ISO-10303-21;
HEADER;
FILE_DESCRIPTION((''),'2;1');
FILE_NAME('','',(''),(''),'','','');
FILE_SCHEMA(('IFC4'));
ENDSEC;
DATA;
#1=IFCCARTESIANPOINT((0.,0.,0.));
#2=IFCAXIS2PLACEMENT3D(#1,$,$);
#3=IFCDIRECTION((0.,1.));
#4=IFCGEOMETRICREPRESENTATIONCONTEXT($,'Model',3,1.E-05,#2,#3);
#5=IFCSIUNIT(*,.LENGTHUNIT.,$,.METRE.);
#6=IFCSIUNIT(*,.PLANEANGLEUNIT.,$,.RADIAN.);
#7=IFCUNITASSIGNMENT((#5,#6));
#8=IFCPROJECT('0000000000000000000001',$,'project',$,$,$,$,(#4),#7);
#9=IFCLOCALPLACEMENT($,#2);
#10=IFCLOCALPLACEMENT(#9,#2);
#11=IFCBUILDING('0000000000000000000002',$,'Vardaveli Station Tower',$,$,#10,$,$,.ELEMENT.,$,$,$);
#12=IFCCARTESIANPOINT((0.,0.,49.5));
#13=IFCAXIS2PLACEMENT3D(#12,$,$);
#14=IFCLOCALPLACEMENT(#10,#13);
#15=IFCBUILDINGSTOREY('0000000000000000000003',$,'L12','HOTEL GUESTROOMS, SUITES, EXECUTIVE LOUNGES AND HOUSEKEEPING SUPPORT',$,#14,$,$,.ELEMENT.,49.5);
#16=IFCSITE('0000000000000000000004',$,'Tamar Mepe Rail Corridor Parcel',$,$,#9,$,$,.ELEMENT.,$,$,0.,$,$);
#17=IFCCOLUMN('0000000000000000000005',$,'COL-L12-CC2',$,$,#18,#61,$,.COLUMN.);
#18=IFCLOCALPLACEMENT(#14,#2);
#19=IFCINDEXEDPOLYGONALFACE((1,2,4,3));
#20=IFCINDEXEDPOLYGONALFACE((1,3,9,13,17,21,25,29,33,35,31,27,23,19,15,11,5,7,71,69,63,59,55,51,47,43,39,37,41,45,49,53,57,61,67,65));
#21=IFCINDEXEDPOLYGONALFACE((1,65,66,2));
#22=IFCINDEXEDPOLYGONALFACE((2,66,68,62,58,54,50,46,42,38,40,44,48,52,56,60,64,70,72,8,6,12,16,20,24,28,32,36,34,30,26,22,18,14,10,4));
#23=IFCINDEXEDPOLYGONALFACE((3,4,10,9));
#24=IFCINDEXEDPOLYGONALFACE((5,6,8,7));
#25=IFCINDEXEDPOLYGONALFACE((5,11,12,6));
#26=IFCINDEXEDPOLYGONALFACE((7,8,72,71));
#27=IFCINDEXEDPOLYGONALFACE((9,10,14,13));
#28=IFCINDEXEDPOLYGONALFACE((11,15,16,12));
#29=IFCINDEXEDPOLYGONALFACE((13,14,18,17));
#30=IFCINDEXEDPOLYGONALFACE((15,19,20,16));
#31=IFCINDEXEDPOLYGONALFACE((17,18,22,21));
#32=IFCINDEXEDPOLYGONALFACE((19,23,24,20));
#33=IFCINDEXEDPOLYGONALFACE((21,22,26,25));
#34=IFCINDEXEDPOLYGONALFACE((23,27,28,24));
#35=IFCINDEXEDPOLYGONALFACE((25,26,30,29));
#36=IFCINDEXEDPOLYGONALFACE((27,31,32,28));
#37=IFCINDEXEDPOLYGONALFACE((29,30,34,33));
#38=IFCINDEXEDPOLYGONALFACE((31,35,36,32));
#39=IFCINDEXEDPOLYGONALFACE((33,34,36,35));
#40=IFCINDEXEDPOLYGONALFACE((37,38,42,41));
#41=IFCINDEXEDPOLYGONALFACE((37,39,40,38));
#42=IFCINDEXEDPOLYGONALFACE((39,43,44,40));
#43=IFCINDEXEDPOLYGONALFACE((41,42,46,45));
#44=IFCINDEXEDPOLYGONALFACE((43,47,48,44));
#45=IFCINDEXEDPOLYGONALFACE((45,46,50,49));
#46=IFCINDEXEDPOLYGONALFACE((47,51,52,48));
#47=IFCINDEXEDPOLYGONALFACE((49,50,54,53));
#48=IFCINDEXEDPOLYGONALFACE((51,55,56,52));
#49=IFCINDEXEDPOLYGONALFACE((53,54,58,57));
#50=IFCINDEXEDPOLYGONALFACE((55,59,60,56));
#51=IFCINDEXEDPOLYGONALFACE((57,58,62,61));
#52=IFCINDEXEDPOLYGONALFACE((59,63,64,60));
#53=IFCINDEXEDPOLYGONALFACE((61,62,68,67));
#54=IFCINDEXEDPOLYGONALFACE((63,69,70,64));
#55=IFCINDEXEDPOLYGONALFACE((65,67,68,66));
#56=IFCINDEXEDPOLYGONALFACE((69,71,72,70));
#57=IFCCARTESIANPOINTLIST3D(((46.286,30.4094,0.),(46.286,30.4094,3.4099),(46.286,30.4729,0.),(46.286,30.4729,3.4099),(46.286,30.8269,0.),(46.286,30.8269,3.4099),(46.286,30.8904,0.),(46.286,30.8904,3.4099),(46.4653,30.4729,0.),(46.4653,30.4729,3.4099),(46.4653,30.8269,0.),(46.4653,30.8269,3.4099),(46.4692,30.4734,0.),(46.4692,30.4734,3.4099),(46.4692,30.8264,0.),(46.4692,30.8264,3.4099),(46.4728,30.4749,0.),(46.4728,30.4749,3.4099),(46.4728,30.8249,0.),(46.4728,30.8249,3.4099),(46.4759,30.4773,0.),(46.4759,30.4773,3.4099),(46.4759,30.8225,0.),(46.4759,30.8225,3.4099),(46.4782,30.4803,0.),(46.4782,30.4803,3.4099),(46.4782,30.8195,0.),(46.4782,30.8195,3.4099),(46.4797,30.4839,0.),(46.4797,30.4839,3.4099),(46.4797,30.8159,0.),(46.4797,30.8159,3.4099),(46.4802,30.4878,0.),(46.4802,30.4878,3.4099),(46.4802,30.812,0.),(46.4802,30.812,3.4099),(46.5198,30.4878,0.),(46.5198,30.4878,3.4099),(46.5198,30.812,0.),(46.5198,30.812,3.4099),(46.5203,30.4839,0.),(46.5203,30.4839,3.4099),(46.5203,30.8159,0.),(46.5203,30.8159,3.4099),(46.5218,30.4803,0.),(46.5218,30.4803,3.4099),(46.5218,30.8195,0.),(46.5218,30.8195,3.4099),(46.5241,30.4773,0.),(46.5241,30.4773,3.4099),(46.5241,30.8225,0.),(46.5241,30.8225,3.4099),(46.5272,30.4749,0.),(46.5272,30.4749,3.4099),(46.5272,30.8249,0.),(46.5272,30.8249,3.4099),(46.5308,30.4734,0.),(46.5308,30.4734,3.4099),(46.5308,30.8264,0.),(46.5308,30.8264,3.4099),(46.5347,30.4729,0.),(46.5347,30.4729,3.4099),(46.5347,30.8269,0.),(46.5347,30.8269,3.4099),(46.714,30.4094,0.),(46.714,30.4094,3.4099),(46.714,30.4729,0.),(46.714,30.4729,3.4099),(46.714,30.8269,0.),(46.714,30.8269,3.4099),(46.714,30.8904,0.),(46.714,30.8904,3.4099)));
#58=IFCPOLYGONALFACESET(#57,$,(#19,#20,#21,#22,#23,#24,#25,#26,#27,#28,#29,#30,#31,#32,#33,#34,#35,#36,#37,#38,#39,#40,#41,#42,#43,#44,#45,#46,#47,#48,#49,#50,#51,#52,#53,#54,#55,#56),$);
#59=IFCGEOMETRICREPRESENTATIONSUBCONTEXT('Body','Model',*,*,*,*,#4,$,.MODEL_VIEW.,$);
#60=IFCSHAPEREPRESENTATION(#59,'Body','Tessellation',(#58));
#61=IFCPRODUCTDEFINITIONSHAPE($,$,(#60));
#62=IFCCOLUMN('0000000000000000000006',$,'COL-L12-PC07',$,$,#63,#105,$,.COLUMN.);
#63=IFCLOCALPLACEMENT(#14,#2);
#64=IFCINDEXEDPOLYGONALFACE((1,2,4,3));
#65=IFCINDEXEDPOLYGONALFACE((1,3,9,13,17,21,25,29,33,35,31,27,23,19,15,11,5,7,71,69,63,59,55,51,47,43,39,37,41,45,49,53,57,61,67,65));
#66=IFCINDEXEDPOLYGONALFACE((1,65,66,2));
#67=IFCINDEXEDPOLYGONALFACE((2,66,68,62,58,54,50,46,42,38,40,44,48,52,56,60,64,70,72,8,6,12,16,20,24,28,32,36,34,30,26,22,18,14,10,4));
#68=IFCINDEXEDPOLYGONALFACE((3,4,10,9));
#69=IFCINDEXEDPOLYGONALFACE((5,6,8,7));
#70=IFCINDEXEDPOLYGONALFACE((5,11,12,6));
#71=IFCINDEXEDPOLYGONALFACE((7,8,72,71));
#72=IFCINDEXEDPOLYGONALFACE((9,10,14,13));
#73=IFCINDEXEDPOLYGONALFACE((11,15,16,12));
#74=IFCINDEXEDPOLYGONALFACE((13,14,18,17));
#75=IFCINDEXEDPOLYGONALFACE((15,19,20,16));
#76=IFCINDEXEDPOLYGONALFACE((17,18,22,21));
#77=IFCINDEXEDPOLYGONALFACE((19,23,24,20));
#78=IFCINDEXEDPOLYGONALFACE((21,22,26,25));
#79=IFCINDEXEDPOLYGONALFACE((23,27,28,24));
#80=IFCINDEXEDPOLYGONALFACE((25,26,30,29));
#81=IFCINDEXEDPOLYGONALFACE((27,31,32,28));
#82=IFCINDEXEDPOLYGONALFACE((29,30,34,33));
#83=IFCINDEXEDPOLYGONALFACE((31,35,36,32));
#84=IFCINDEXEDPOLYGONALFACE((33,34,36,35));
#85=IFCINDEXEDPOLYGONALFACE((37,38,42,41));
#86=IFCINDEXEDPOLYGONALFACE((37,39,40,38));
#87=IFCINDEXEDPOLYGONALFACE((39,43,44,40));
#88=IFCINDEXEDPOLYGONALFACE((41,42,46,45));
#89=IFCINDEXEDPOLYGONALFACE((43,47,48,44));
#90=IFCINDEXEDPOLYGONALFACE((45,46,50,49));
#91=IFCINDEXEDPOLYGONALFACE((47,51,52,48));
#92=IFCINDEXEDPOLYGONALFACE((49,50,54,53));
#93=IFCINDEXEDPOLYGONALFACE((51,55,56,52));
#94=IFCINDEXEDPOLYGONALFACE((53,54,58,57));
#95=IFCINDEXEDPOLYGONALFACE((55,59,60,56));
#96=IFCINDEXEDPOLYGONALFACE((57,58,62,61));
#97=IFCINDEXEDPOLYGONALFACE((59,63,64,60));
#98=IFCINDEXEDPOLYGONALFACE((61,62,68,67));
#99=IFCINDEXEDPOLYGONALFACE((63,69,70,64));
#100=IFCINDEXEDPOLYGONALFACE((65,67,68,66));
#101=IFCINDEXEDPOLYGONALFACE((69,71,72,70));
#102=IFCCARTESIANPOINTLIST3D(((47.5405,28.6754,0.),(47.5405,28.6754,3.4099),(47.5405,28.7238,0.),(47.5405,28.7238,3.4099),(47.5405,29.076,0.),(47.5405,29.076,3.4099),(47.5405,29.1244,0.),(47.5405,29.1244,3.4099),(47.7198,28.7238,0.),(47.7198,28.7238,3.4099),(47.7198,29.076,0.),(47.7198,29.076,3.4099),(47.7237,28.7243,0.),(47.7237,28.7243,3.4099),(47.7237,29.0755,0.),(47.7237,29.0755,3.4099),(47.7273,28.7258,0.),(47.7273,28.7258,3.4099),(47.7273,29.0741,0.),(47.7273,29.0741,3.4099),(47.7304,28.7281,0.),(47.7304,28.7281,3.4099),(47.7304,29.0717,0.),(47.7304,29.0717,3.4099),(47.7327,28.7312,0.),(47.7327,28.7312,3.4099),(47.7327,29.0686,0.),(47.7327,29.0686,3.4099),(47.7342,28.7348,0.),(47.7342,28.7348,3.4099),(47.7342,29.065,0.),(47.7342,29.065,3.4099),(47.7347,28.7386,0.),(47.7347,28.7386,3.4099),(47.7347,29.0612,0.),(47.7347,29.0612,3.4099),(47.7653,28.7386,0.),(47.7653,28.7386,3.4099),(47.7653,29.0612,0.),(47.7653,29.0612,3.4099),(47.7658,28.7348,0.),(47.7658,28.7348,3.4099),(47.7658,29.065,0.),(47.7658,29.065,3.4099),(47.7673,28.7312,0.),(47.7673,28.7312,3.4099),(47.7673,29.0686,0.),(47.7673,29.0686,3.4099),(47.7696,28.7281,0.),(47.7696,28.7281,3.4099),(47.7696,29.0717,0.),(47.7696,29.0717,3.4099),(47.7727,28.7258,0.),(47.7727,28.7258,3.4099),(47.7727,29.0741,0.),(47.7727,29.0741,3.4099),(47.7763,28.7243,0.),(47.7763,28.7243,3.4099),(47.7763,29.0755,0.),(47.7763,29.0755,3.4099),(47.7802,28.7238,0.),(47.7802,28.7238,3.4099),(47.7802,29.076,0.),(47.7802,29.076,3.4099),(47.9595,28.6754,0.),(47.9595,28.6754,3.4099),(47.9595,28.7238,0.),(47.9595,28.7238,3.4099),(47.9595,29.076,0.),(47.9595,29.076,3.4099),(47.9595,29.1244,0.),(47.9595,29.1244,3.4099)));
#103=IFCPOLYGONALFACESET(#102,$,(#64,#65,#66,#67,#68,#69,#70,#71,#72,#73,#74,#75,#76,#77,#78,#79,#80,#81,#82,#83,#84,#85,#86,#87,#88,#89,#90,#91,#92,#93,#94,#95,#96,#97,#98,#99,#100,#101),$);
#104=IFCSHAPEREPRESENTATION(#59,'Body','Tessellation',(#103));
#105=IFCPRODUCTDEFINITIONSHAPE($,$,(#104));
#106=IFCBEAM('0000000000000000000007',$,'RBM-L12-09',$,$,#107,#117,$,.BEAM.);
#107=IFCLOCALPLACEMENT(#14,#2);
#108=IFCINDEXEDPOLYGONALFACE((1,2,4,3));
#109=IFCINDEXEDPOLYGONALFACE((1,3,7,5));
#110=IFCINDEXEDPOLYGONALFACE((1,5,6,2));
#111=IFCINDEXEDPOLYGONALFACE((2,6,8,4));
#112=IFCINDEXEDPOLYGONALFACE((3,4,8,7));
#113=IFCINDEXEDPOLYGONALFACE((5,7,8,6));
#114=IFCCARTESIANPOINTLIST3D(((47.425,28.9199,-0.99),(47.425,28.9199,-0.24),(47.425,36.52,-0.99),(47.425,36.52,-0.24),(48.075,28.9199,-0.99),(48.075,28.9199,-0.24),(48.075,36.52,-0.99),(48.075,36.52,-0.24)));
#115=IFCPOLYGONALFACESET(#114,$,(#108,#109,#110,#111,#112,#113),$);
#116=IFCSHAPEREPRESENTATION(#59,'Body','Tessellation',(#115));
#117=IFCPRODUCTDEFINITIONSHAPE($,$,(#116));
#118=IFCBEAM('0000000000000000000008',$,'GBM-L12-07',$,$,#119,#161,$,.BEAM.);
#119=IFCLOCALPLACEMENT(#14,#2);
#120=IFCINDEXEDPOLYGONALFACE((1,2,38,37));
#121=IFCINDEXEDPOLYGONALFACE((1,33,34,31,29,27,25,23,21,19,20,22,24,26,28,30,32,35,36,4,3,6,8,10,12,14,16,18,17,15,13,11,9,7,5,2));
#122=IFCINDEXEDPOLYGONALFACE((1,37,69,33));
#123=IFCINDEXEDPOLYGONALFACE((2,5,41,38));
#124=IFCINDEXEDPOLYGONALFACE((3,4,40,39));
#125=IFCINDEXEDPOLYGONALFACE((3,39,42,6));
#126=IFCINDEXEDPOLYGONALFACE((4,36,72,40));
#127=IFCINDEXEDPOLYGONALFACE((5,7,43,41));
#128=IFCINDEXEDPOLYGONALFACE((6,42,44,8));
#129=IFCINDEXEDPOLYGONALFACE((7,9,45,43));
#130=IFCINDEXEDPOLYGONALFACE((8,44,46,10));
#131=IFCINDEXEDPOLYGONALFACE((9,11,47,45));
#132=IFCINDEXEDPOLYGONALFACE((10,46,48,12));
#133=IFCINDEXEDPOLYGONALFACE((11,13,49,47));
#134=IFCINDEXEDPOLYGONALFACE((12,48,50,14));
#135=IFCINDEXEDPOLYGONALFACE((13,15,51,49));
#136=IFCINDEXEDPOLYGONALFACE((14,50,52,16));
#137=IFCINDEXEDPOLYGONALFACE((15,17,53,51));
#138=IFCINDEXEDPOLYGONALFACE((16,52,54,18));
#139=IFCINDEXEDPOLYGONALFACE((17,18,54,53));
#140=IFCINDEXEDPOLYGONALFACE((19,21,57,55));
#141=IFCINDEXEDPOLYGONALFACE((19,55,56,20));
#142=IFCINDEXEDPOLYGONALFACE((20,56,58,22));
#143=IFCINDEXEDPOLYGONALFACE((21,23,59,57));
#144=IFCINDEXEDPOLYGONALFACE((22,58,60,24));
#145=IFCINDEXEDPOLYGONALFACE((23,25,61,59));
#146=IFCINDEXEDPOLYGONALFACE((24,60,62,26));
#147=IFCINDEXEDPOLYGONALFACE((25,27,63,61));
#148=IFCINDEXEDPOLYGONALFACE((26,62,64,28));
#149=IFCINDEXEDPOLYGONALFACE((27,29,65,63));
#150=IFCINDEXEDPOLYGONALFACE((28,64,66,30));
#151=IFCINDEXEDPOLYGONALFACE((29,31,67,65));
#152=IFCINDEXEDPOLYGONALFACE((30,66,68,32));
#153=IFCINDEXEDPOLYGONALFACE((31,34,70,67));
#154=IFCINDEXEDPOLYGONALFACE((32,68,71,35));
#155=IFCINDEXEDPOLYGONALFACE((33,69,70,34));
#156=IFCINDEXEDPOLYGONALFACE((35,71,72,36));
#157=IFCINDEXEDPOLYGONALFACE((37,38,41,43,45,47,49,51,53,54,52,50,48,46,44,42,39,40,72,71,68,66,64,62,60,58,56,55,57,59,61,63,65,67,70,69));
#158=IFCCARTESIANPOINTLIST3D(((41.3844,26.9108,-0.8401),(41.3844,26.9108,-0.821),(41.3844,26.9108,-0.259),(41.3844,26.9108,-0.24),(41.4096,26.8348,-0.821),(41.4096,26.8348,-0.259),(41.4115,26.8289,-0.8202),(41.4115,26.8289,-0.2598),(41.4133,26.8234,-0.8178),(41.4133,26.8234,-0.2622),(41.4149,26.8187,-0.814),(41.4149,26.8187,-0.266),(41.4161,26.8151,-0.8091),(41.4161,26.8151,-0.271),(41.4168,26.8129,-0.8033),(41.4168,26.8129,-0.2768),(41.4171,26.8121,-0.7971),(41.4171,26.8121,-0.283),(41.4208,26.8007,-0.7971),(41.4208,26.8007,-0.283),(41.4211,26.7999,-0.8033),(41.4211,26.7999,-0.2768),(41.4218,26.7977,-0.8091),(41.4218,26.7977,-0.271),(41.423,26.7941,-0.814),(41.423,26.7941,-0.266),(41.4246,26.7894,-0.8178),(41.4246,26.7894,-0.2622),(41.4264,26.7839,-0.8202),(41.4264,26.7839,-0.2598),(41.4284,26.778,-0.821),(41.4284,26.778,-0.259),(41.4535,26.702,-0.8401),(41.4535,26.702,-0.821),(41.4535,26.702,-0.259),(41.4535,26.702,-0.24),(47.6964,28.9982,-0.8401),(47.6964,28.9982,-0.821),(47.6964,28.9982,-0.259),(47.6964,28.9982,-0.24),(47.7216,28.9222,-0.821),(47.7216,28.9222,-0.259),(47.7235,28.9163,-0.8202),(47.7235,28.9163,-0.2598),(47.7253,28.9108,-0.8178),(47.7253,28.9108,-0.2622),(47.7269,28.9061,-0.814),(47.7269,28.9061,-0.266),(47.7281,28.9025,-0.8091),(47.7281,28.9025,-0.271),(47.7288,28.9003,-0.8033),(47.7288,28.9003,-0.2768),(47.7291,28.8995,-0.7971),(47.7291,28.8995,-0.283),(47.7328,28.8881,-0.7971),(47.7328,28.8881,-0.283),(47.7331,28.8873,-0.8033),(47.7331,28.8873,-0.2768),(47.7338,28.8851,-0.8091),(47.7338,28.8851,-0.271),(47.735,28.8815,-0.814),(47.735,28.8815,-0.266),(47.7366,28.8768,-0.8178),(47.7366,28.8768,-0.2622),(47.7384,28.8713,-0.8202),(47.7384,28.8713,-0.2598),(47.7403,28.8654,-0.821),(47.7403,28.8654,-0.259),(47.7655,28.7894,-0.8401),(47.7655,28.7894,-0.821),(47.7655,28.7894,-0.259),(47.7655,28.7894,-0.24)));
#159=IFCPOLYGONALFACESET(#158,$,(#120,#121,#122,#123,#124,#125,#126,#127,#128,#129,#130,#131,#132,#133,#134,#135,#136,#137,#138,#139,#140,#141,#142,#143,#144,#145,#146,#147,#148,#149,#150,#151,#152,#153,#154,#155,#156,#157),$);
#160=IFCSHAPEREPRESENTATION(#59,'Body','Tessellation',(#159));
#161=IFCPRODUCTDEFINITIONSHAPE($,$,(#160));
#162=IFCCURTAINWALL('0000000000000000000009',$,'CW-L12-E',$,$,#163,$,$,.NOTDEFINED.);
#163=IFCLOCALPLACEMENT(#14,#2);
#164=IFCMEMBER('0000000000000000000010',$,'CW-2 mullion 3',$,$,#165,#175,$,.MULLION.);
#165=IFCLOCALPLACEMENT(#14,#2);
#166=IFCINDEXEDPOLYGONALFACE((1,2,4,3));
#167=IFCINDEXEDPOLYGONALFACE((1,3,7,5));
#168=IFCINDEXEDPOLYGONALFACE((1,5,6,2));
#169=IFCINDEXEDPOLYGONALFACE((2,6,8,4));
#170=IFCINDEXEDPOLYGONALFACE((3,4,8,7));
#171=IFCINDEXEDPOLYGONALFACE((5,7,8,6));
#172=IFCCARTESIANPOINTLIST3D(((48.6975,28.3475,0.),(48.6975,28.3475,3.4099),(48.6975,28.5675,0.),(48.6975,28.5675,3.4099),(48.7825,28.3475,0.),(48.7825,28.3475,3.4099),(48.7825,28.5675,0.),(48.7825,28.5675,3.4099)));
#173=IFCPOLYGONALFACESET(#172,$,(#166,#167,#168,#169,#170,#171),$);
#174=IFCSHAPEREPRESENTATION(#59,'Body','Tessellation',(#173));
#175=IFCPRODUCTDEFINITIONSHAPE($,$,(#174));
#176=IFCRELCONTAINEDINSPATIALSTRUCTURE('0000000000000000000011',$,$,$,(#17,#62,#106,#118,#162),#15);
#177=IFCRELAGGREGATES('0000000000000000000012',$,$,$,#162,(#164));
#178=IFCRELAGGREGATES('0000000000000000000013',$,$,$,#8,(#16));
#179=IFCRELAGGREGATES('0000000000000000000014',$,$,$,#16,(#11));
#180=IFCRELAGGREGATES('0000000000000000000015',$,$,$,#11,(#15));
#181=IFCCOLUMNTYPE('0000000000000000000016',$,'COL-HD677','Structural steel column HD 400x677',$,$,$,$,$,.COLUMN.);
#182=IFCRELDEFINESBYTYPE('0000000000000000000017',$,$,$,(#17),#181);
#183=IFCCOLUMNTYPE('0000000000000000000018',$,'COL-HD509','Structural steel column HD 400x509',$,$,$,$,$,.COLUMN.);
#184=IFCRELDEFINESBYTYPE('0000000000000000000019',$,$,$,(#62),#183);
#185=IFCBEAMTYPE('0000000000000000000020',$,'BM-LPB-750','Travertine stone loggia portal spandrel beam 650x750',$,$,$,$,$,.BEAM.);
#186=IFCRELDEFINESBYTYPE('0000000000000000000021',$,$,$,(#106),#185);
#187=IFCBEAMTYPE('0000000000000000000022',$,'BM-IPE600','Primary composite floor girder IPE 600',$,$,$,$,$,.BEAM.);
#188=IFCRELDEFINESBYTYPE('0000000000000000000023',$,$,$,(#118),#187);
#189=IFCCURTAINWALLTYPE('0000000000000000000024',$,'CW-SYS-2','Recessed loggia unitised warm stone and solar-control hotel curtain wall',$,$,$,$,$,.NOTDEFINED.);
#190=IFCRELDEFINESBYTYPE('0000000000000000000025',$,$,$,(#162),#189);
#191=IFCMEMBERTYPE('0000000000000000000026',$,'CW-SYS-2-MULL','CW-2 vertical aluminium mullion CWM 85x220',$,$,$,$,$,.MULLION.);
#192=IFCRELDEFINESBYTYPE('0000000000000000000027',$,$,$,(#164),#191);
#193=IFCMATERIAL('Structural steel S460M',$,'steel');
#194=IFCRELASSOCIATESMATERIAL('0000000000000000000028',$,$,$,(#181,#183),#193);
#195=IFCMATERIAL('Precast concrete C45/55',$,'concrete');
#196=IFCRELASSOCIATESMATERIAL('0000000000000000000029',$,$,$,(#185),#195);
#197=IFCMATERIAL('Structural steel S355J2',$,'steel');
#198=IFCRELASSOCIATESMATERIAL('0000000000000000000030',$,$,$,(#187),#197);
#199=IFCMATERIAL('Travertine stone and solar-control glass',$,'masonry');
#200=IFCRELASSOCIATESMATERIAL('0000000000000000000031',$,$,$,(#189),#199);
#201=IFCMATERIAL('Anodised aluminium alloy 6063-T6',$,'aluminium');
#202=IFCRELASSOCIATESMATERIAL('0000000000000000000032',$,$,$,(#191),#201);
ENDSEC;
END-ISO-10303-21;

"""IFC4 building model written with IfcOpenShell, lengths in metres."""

from ifc_helpers import new_model, si_unit, direction, frame, origin, origin_2d, place, context, subcontext, project, spatial, rectangle, i_section, extrude, source, transform, mapped, material, material_profile, profile_set, type_object, element, aggregate, save


model = new_model("IFC4")

# Units and contexts
model_context = context("Model", 3, precision=1e-05, world=origin(), true_north=direction((0.0, 1.0)))
body_context = subcontext(model_context, "Body", "Model", "MODEL_VIEW")
ifc_project = project(units=[si_unit("LENGTHUNIT", "METRE"), si_unit("PLANEANGLEUNIT", "RADIAN")], contexts=[model_context])

# Site, building, storey
site_placement = place(None, origin())
site = spatial("IfcSite", under=ifc_project, at=site_placement, Name="Tamar Mepe Rail Corridor Parcel", CompositionType="ELEMENT", RefElevation=0.0)
building_placement = place(site_placement, origin())
building = spatial("IfcBuilding", under=site, at=building_placement, Name="Vardaveli Station Tower", CompositionType="ELEMENT")
storey_placement = place(building_placement, frame((0.0, 0.0, 49.5)))
storey = spatial("IfcBuildingStorey", under=building, at=storey_placement, Name="L12", Description="HOTEL GUESTROOMS, SUITES, EXECUTIVE LOUNGES AND HOUSEKEEPING SUPPORT", CompositionType="ELEMENT", Elevation=49.5)

# Columns
ifc_material_1 = material(Name="Structural steel S460M", Category="steel")
ifc_material_profile_1 = material_profile(ifc_material_1, i_section(OverallWidth=0.428, OverallDepth=0.481, WebThickness=0.0396, FlangeThickness=0.0635, FilletRadius=0.0149, at=origin_2d()), Name="HD 400x677")
ifc_profile_set_1 = profile_set([ifc_material_profile_1], Name="Structural steel S460M")
column_type_1 = type_object("IfcColumnType", Name="COL-HD677", Description="Structural steel column HD 400x677", PredefinedType="COLUMN", material=ifc_profile_set_1)
shared_shape_1 = source(origin(), body_context, "Body", "SweptSolid", [
    extrude(i_section(OverallWidth=0.428, OverallDepth=0.481, WebThickness=0.0396, FlangeThickness=0.0635, FilletRadius=0.0149, at=origin_2d()), origin(), (0.0, 0.0, 1.0), 3.4099),
])
column_1_placement = place(storey_placement, frame((46.5, 30.6499, 0.0), z_axis=(0.0, 0.0, 1.0), x_axis=(1.0, 0.0, 0.0)))
element("IfcColumn", 1, at=column_1_placement, inside=storey, type_object=column_type_1, Name="COL-L12-CC2", PredefinedType="COLUMN", context=body_context, shape_type="MappedRepresentation", body=[
    mapped(shared_shape_1, transform((0.0, 0.0, 0.0), scale=1.0)),
])
ifc_material_profile_2 = material_profile(ifc_material_1, i_section(OverallWidth=0.4189, OverallDepth=0.449, WebThickness=0.0305, FlangeThickness=0.0483, FilletRadius=0.0149, at=origin_2d()), Name="HD 400x509")
ifc_profile_set_2 = profile_set([ifc_material_profile_2], Name="Structural steel S460M")
column_type_2 = type_object("IfcColumnType", Name="COL-HD509", Description="Structural steel column HD 400x509", PredefinedType="COLUMN", material=ifc_profile_set_2)
shared_shape_2 = source(origin(), body_context, "Body", "SweptSolid", [
    extrude(i_section(OverallWidth=0.4189, OverallDepth=0.449, WebThickness=0.0305, FlangeThickness=0.0483, FilletRadius=0.0149, at=origin_2d()), origin(), (0.0, 0.0, 1.0), 3.4099),
])
column_2_placement = place(storey_placement, frame((47.75, 28.8999, 0.0), z_axis=(0.0, 0.0, 1.0), x_axis=(1.0, 0.0, 0.0)))
element("IfcColumn", 2, at=column_2_placement, inside=storey, type_object=column_type_2, Name="COL-L12-PC07", PredefinedType="COLUMN", context=body_context, shape_type="MappedRepresentation", body=[
    mapped(shared_shape_2, transform((0.0, 0.0, 0.0), scale=1.0)),
])

# Beams
ifc_material_2 = material(Name="Precast concrete C45/55", Category="concrete")
ifc_material_profile_3 = material_profile(ifc_material_2, rectangle(XDim=0.6499, YDim=0.75, at=origin_2d()), Name="LPB 650x750")
ifc_profile_set_3 = profile_set([ifc_material_profile_3], Name="Precast concrete C45/55")
beam_type_1 = type_object("IfcBeamType", Name="BM-LPB-750", Description="Travertine stone loggia portal spandrel beam 650x750", PredefinedType="BEAM", material=ifc_profile_set_3)
shared_shape_3 = source(origin(), body_context, "Body", "SweptSolid", [
    extrude(rectangle(XDim=0.6499, YDim=0.75, at=origin_2d()), origin(), (0.0, 0.0, 1.0), 7.6001),
])
beam_1_placement = place(storey_placement, frame((47.75, 28.9199, -0.615), z_axis=(0.0, 1.0, 0.0), x_axis=(-1.0, 0.0, 0.0)))
element("IfcBeam", 3, at=beam_1_placement, inside=storey, type_object=beam_type_1, Name="RBM-L12-09", PredefinedType="BEAM", context=body_context, shape_type="MappedRepresentation", body=[
    mapped(shared_shape_3, transform((0.0, 0.0, 0.0), scale=1.0)),
])
ifc_material_3 = material(Name="Structural steel S355J2", Category="steel")
ifc_material_profile_4 = material_profile(ifc_material_3, i_section(OverallWidth=0.22, OverallDepth=0.6001, WebThickness=0.012, FlangeThickness=0.019, FilletRadius=0.0239, at=origin_2d()), Name="IPE 600")
ifc_profile_set_4 = profile_set([ifc_material_profile_4], Name="Structural steel S355J2")
beam_type_2 = type_object("IfcBeamType", Name="BM-IPE600", Description="Primary composite floor girder IPE 600", PredefinedType="BEAM", material=ifc_profile_set_4)
shared_shape_4 = source(origin(), body_context, "Body", "SweptSolid", [
    extrude(i_section(OverallWidth=0.22, OverallDepth=0.6001, WebThickness=0.012, FlangeThickness=0.019, FilletRadius=0.0239, at=origin_2d()), origin(), (0.0, 0.0, 1.0), 6.6482),
])
beam_2_placement = place(storey_placement, frame((47.731, 28.8938, -0.54), z_axis=(-0.94943, -0.313979, 0.0), x_axis=(0.313979, -0.94943, 0.0)))
element("IfcBeam", 4, at=beam_2_placement, inside=storey, type_object=beam_type_2, Name="GBM-L12-07", PredefinedType="BEAM", context=body_context, shape_type="MappedRepresentation", body=[
    mapped(shared_shape_4, transform((0.0, 0.0, 0.0), scale=1.0)),
])

# Curtain wall, member
ifc_material_4 = material(Name="Travertine stone and solar-control glass", Category="masonry")
curtain_wall_type = type_object("IfcCurtainWallType", Name="CW-SYS-2", Description="Recessed loggia unitised warm stone and solar-control hotel curtain wall", PredefinedType="NOTDEFINED", material=ifc_material_4)
curtain_wall_placement = place(storey_placement, origin())
curtain_wall = element("IfcCurtainWall", 5, at=curtain_wall_placement, inside=storey, type_object=curtain_wall_type, Name="CW-L12-E", PredefinedType="NOTDEFINED")
ifc_material_5 = material(Name="Anodised aluminium alloy 6063-T6", Category="aluminium")
ifc_material_profile_5 = material_profile(ifc_material_5, rectangle(XDim=0.085, YDim=0.22, at=origin_2d()), Name="CWM 85x220")
ifc_profile_set_5 = profile_set([ifc_material_profile_5], Name="Anodised aluminium alloy 6063-T6")
member_type = type_object("IfcMemberType", Name="CW-SYS-2-MULL", Description="CW-2 vertical aluminium mullion CWM 85x220", PredefinedType="MULLION", material=ifc_profile_set_5)
shared_shape_5 = source(origin(), body_context, "Body", "SweptSolid", [
    extrude(rectangle(XDim=0.085, YDim=0.22, at=origin_2d()), origin(), (0.0, 0.0, 1.0), 3.4099),
])
member_placement = place(storey_placement, frame((48.74, 28.4575, 0.0), z_axis=(0.0, 0.0, 1.0), x_axis=(-1.0, 0.0, 0.0)))
member = element("IfcMember", 6, at=member_placement, type_object=member_type, Name="CW-2 mullion 3", PredefinedType="MULLION", context=body_context, shape_type="MappedRepresentation", body=[
    mapped(shared_shape_5, transform((0.0, 0.0, 0.0), scale=1.0)),
])
aggregate(curtain_wall, [member])

save(model, "model.ifc")
